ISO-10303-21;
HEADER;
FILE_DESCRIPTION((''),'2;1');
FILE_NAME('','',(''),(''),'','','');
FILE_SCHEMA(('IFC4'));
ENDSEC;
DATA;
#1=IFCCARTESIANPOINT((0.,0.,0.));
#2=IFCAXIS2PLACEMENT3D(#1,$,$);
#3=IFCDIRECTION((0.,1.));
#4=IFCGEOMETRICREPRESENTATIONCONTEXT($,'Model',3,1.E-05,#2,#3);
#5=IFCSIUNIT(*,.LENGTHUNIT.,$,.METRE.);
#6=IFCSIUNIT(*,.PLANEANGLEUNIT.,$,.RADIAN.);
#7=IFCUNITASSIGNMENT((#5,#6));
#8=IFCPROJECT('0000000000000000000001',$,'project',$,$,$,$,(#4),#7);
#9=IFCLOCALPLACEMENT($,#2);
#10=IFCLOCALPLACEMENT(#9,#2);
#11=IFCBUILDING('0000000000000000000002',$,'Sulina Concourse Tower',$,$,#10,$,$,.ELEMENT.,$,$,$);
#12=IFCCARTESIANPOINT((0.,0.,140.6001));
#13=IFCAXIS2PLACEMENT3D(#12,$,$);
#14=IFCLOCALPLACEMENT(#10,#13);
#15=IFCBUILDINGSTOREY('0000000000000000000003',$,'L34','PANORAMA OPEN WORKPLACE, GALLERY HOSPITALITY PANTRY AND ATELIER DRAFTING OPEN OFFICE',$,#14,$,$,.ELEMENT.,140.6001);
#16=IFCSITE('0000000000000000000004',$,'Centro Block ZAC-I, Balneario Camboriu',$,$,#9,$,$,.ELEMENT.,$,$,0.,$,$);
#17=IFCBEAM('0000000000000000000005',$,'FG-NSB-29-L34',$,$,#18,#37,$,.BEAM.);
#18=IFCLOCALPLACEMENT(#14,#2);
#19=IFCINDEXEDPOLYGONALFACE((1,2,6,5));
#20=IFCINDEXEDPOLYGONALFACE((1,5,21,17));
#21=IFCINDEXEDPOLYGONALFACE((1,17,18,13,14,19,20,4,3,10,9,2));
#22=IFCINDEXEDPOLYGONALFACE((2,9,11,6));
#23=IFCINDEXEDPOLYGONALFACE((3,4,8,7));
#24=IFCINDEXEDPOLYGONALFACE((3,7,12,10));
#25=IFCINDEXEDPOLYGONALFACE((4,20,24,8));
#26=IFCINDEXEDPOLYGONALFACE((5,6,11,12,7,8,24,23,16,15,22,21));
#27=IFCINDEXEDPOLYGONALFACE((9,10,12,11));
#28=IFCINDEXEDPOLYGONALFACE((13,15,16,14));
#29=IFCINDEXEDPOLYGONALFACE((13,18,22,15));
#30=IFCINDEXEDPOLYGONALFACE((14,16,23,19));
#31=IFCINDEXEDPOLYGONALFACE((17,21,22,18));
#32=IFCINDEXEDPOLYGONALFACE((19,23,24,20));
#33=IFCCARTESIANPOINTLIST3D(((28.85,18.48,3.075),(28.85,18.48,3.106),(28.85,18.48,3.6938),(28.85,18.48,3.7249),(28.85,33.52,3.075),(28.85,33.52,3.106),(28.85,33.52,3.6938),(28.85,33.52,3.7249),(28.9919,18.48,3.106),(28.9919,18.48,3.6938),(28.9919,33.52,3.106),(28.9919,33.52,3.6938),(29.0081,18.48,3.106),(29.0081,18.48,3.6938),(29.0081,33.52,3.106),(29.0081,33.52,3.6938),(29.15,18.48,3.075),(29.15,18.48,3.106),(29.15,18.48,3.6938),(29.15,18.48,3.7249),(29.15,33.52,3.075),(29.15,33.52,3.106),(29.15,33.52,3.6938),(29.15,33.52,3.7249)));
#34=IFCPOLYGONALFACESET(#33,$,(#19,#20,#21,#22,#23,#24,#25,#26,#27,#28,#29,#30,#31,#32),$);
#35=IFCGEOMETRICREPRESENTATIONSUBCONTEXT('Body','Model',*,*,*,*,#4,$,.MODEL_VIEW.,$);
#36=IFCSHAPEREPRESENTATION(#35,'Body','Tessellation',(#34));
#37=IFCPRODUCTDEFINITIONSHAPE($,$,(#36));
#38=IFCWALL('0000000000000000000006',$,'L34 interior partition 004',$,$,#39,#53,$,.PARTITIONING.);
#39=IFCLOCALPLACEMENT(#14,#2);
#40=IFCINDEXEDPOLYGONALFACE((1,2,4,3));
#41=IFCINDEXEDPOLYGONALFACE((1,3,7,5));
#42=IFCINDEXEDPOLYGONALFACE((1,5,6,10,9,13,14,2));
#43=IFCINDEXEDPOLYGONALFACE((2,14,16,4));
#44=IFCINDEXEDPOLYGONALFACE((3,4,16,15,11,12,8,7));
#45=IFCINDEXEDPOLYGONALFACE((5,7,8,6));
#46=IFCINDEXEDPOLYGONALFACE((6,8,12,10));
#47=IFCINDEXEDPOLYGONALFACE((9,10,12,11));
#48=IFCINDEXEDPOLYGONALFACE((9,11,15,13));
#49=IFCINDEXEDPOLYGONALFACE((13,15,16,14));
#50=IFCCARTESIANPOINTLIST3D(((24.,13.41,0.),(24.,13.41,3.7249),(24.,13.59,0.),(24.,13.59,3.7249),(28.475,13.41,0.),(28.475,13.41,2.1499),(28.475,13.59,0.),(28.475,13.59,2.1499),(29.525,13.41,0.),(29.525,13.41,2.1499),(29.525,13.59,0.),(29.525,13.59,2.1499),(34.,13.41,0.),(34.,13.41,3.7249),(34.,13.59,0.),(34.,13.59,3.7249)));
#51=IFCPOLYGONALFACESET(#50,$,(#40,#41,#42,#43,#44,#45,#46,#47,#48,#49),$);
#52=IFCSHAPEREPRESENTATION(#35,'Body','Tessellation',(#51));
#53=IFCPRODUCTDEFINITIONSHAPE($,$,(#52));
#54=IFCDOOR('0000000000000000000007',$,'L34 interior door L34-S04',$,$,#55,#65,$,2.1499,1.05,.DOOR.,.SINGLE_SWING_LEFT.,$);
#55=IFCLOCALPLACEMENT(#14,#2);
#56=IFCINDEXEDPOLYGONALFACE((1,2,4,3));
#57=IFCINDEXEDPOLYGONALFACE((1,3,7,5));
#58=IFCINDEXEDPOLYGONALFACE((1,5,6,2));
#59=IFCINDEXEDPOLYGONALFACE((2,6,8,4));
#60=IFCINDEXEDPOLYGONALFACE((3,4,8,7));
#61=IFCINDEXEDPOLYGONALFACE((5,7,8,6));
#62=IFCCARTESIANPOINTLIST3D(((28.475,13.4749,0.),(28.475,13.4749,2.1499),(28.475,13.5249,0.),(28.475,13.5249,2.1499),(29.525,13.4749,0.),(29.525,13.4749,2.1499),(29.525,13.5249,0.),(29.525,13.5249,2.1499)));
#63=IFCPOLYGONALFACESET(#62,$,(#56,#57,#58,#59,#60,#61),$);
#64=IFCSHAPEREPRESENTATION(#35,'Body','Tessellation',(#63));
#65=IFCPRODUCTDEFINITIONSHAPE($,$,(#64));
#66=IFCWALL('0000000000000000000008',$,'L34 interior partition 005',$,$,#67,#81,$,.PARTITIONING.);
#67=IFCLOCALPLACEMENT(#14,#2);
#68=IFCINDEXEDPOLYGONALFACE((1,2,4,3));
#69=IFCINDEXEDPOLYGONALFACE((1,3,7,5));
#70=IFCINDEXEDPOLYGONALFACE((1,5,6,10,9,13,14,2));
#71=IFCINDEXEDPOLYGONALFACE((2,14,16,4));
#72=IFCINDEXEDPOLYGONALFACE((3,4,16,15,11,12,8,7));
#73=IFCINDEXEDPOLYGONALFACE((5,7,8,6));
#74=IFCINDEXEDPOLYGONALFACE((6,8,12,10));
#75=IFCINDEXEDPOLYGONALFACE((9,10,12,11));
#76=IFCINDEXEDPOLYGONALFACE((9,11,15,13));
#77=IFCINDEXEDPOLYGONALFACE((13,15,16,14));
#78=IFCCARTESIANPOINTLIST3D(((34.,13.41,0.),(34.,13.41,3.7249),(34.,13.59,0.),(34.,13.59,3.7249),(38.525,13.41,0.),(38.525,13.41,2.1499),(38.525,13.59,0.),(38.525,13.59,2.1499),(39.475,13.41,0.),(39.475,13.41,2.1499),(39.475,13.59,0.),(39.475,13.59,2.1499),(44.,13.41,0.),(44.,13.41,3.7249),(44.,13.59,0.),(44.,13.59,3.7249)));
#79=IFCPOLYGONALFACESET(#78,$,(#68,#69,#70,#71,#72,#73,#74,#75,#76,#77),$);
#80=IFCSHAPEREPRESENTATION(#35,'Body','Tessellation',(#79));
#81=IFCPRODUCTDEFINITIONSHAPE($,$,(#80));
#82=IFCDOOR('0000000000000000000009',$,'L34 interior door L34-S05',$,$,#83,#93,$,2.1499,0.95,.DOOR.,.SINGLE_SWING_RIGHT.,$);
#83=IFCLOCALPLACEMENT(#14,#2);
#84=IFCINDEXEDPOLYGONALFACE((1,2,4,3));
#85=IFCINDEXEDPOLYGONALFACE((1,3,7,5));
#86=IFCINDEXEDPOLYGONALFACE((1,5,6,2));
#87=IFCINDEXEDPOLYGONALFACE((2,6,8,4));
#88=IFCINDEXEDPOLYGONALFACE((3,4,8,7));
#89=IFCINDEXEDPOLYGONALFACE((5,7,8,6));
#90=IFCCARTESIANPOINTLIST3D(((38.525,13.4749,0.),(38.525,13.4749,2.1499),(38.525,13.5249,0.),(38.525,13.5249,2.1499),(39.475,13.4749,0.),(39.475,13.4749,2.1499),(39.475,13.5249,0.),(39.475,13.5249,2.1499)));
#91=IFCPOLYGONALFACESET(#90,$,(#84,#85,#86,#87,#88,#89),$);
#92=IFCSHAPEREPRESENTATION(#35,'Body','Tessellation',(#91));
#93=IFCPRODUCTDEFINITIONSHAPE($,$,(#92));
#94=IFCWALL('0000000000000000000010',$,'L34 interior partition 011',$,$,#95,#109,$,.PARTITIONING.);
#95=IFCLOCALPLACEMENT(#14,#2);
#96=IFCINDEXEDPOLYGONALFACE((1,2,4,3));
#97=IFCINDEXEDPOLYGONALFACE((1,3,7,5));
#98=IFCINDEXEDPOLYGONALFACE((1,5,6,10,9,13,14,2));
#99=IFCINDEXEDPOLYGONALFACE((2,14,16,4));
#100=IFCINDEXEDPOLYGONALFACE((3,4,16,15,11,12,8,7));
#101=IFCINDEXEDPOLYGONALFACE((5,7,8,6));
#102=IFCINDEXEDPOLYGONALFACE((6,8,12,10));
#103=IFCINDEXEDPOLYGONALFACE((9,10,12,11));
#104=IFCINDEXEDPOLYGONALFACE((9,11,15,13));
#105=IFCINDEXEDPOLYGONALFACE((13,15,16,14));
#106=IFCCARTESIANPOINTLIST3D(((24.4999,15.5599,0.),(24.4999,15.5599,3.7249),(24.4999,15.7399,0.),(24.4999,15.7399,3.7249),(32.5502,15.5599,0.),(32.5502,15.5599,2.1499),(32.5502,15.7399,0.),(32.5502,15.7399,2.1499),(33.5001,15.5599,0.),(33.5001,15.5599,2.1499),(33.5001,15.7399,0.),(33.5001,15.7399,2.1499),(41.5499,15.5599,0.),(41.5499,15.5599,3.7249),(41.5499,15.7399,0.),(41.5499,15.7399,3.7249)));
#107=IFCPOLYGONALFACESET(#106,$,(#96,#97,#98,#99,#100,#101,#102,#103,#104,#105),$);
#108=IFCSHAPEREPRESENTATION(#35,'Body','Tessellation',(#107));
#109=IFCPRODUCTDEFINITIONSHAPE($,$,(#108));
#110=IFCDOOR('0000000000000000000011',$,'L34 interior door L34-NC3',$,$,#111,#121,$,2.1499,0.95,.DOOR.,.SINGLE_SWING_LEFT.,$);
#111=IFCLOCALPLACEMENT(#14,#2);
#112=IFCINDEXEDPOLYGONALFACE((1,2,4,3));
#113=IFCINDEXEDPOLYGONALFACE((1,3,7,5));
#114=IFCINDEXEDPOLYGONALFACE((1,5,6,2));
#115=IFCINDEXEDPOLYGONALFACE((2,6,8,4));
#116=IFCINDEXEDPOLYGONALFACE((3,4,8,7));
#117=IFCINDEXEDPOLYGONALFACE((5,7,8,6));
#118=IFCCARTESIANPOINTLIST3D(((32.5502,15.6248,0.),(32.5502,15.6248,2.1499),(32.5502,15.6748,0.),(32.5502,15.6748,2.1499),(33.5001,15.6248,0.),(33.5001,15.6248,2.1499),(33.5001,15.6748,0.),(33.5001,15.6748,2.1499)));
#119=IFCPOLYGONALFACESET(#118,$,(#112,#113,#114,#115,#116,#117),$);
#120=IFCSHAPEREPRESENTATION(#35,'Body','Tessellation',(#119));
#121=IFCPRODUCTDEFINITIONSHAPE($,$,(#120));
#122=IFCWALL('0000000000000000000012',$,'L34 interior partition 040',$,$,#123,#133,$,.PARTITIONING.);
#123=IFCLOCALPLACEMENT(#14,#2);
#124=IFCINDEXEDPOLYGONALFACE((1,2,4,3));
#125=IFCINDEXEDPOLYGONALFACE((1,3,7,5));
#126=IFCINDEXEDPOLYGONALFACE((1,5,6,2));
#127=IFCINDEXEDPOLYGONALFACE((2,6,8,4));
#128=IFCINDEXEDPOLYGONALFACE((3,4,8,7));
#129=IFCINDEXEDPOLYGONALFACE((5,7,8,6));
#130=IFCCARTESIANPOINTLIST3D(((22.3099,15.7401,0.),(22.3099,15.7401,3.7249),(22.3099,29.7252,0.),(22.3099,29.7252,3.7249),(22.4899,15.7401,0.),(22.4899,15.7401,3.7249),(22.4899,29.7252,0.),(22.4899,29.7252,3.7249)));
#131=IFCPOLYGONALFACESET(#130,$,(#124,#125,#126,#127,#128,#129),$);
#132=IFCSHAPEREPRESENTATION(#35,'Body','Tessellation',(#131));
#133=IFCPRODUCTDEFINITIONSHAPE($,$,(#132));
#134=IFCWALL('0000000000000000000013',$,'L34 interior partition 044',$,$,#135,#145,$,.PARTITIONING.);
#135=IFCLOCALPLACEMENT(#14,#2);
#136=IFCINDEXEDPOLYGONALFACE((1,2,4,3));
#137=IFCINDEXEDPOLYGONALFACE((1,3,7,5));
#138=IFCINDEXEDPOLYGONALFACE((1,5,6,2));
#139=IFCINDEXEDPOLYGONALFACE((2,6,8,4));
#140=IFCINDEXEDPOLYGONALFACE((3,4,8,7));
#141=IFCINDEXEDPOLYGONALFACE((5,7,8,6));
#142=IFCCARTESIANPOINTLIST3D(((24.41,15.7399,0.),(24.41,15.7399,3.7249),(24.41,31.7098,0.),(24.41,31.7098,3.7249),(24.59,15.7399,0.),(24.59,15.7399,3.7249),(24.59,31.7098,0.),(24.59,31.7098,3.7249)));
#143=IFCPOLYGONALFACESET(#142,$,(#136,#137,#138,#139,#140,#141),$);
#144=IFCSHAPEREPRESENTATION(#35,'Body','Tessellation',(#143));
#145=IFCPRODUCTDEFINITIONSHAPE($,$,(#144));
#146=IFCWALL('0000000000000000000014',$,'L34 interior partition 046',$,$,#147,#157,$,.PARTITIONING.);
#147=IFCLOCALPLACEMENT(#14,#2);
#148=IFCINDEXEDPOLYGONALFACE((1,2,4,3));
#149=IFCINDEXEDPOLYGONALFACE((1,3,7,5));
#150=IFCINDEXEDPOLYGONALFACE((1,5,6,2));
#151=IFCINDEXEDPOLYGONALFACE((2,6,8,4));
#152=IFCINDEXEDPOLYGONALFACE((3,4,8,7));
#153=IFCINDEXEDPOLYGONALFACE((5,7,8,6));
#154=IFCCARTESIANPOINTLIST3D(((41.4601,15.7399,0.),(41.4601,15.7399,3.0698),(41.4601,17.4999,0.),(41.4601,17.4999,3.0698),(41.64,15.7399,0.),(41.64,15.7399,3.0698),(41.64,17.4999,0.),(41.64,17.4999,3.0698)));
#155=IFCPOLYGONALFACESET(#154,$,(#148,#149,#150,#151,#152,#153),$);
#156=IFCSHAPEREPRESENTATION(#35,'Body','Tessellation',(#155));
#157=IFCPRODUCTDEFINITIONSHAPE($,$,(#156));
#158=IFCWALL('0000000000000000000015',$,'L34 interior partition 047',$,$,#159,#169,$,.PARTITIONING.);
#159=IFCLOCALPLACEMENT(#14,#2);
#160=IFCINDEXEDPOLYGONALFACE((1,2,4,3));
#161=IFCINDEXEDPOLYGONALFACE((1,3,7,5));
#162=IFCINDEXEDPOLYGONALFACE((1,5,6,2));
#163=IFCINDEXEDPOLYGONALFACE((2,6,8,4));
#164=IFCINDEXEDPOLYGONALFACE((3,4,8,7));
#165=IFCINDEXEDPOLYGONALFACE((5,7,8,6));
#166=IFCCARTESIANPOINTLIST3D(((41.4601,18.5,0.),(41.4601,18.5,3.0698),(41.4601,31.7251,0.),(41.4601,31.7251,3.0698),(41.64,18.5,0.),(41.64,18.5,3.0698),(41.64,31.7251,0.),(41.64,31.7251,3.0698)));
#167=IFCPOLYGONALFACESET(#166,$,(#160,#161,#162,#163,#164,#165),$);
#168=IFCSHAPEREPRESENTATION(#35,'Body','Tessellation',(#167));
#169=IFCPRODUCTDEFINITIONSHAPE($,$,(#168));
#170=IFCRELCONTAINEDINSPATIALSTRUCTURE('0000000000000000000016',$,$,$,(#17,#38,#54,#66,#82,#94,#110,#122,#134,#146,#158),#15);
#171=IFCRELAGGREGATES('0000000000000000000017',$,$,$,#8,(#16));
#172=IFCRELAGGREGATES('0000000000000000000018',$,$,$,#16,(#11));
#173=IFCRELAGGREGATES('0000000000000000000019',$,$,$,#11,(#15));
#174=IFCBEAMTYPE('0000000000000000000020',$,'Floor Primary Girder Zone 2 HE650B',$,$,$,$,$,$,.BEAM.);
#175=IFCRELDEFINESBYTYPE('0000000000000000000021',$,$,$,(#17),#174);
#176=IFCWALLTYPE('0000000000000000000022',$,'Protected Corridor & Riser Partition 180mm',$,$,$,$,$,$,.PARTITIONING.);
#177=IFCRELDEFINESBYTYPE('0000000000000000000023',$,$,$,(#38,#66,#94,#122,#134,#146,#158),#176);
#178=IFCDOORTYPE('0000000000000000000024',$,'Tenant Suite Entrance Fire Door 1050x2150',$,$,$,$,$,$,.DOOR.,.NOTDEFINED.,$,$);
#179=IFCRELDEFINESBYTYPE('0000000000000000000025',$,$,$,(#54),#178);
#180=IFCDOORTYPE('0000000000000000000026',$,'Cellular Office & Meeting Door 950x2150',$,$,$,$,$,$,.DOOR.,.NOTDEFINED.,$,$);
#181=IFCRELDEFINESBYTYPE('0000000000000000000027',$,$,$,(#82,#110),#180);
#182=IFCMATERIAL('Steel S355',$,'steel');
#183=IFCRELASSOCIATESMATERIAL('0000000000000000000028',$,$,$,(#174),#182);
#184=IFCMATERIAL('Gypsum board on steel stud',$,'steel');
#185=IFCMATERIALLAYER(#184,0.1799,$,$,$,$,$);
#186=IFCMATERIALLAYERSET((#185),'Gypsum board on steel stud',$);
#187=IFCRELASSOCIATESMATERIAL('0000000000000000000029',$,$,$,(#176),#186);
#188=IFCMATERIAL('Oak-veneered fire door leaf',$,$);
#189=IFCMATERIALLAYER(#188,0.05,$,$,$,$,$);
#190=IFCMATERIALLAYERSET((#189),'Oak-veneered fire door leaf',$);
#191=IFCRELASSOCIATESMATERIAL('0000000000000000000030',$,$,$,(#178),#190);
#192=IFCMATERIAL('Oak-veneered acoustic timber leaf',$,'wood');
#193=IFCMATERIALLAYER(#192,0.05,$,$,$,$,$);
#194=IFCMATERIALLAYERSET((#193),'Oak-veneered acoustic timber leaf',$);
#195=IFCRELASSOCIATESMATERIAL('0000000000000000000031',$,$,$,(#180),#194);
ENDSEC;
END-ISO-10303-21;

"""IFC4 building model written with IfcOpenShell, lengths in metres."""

from ifc_helpers import new_model, si_unit, direction, frame, frame_2d, origin, origin_2d, place, context, subcontext, project, spatial, rectangle, i_section, extrude, material, layer, layer_set, material_profile, profile_set, type_object, element, fill, save


model = new_model("IFC4")

# Units and contexts
model_context = context("Model", 3, precision=1e-05, world=origin(), true_north=direction((0.0, 1.0)))
body_context = subcontext(model_context, "Body", "Model", "MODEL_VIEW")
ifc_project = project(units=[si_unit("LENGTHUNIT", "METRE"), si_unit("PLANEANGLEUNIT", "RADIAN")], contexts=[model_context])

# Site, building, storey
site_placement = place(None, origin())
site = spatial("IfcSite", under=ifc_project, at=site_placement, Name="Centro Block ZAC-I, Balneario Camboriu", CompositionType="ELEMENT", RefElevation=0.0)
building_placement = place(site_placement, origin())
building = spatial("IfcBuilding", under=site, at=building_placement, Name="Sulina Concourse Tower", CompositionType="ELEMENT")
storey_placement = place(building_placement, frame((0.0, 0.0, 140.6001)))
storey = spatial("IfcBuildingStorey", under=building, at=storey_placement, Name="L34", Description="PANORAMA OPEN WORKPLACE, GALLERY HOSPITALITY PANTRY AND ATELIER DRAFTING OPEN OFFICE", CompositionType="ELEMENT", Elevation=140.6001)

# Beam
ifc_material_1 = material(Name="Steel S355", Category="steel")
ifc_material_profile_1 = material_profile(ifc_material_1, i_section(OverallWidth=0.3, OverallDepth=0.6499, WebThickness=0.0161, FlangeThickness=0.031, at=origin_2d()), Name="HE 650 B")
ifc_profile_set_1 = profile_set([ifc_material_profile_1], Name="Steel S355")
beam_type_1 = type_object("IfcBeamType", Name="Floor Primary Girder Zone 2 HE650B", PredefinedType="BEAM", material=ifc_profile_set_1)
beam_1_placement = place(storey_placement, frame((29.0, 18.48, 3.3999), z_axis=(0.0, 1.0, 0.0), x_axis=(-1.0, 0.0, 0.0)))
element("IfcBeam", 1, at=beam_1_placement, inside=storey, type_object=beam_type_1, Name="FG-NSB-29-L34", PredefinedType="BEAM", context=body_context, shape_type="SweptSolid", body=[
    extrude(i_section(OverallWidth=0.3, OverallDepth=0.6499, WebThickness=0.0161, FlangeThickness=0.031, at=origin_2d()), origin(), (0.0, 0.0, 1.0), 15.04),
])

# Walls, openings, doors
ifc_material_2 = material(Name="Gypsum board on steel stud", Category="steel")
ifc_layer_1 = layer(ifc_material_2, 0.1799)
ifc_layer_set_1 = layer_set([ifc_layer_1], Name="Gypsum board on steel stud")
wall_type = type_object("IfcWallType", Name="Protected Corridor & Riser Partition 180mm", PredefinedType="PARTITIONING", material=ifc_layer_set_1)
wall_1_placement = place(storey_placement, frame((24.0, 13.5, 0.0), z_axis=(0.0, 0.0, 1.0), x_axis=(1.0, 0.0, 0.0)))
wall_1 = element("IfcWall", 2, at=wall_1_placement, inside=storey, type_object=wall_type, Name="L34 interior partition 004", PredefinedType="PARTITIONING", context=body_context, shape_type="SweptSolid", body=[
    extrude(rectangle(XDim=10.0, YDim=0.1799, at=frame_2d((5.0, 0.0))), origin(), (0.0, 0.0, 1.0), 3.7249),
])
opening_1_placement = place(wall_1_placement, frame((4.4751, 0.0, 0.0)))
opening_1 = element("IfcOpeningElement", 3, at=opening_1_placement, cuts=wall_1, PredefinedType="OPENING", context=body_context, shape_type="SweptSolid", body=[
    extrude(rectangle(XDim=1.05, YDim=2.1499, at=frame_2d((0.5249, 1.075))), frame((0.0, 0.0999, 0.0), z_axis=(0.0, -1.0, 0.0), x_axis=(1.0, 0.0, 0.0)), (0.0, 0.0, 1.0), 0.2),
])
ifc_material_3 = material(Name="Oak-veneered fire door leaf")
ifc_layer_2 = layer(ifc_material_3, 0.05)
ifc_layer_set_2 = layer_set([ifc_layer_2], Name="Oak-veneered fire door leaf")
door_type_1 = type_object("IfcDoorType", Name="Tenant Suite Entrance Fire Door 1050x2150", OperationType="NOTDEFINED", PredefinedType="DOOR", material=ifc_layer_set_2)
door_1_placement = place(opening_1_placement, origin())
door_1 = element("IfcDoor", 4, at=door_1_placement, inside=storey, type_object=door_type_1, Name="L34 interior door L34-S04", OperationType="SINGLE_SWING_LEFT", OverallHeight=2.1499, OverallWidth=1.05, PredefinedType="DOOR", context=body_context, shape_type="SweptSolid", body=[
    extrude(rectangle(XDim=1.05, YDim=2.1499, at=frame_2d((0.5249, 1.075))), frame((0.0, 0.0249, 0.0), z_axis=(0.0, -1.0, 0.0), x_axis=(1.0, 0.0, 0.0)), (0.0, 0.0, 1.0), 0.05),
])
fill(opening_1, door_1)
wall_2_placement = place(storey_placement, frame((34.0, 13.5, 0.0), z_axis=(0.0, 0.0, 1.0), x_axis=(1.0, 0.0, 0.0)))
wall_2 = element("IfcWall", 5, at=wall_2_placement, inside=storey, type_object=wall_type, Name="L34 interior partition 005", PredefinedType="PARTITIONING", context=body_context, shape_type="SweptSolid", body=[
    extrude(rectangle(XDim=10.0, YDim=0.1799, at=frame_2d((5.0, 0.0))), origin(), (0.0, 0.0, 1.0), 3.7249),
])
opening_2_placement = place(wall_2_placement, frame((4.5249, 0.0, 0.0)))
opening_2 = element("IfcOpeningElement", 6, at=opening_2_placement, cuts=wall_2, PredefinedType="OPENING", context=body_context, shape_type="SweptSolid", body=[
    extrude(rectangle(XDim=0.95, YDim=2.1499, at=frame_2d((0.4751, 1.075))), frame((0.0, 0.0999, 0.0), z_axis=(0.0, -1.0, 0.0), x_axis=(1.0, 0.0, 0.0)), (0.0, 0.0, 1.0), 0.2),
])
ifc_material_4 = material(Name="Oak-veneered acoustic timber leaf", Category="wood")
ifc_layer_3 = layer(ifc_material_4, 0.05)
ifc_layer_set_3 = layer_set([ifc_layer_3], Name="Oak-veneered acoustic timber leaf")
door_type_2 = type_object("IfcDoorType", Name="Cellular Office & Meeting Door 950x2150", OperationType="NOTDEFINED", PredefinedType="DOOR", material=ifc_layer_set_3)
door_2_placement = place(opening_2_placement, origin())
door_2 = element("IfcDoor", 7, at=door_2_placement, inside=storey, type_object=door_type_2, Name="L34 interior door L34-S05", OperationType="SINGLE_SWING_RIGHT", OverallHeight=2.1499, OverallWidth=0.95, PredefinedType="DOOR", context=body_context, shape_type="SweptSolid", body=[
    extrude(rectangle(XDim=0.95, YDim=2.1499, at=frame_2d((0.4751, 1.075))), frame((0.0, 0.0249, 0.0), z_axis=(0.0, -1.0, 0.0), x_axis=(1.0, 0.0, 0.0)), (0.0, 0.0, 1.0), 0.05),
])
fill(opening_2, door_2)
wall_3_placement = place(storey_placement, frame((24.5, 15.6499, 0.0), z_axis=(0.0, 0.0, 1.0), x_axis=(1.0, 0.0, 0.0)))
wall_3 = element("IfcWall", 8, at=wall_3_placement, inside=storey, type_object=wall_type, Name="L34 interior partition 011", PredefinedType="PARTITIONING", context=body_context, shape_type="SweptSolid", body=[
    extrude(rectangle(XDim=17.05, YDim=0.1799, at=frame_2d((8.5249, 0.0))), origin(), (0.0, 0.0, 1.0), 3.7249),
])
opening_3_placement = place(wall_3_placement, frame((8.05, 0.0, 0.0)))
opening_3 = element("IfcOpeningElement", 9, at=opening_3_placement, cuts=wall_3, PredefinedType="OPENING", context=body_context, shape_type="SweptSolid", body=[
    extrude(rectangle(XDim=0.95, YDim=2.1499, at=frame_2d((0.4751, 1.075))), frame((0.0, 0.0999, 0.0), z_axis=(0.0, -1.0, 0.0), x_axis=(1.0, 0.0, 0.0)), (0.0, 0.0, 1.0), 0.2),
])
door_3_placement = place(opening_3_placement, origin())
door_3 = element("IfcDoor", 10, at=door_3_placement, inside=storey, type_object=door_type_2, Name="L34 interior door L34-NC3", OperationType="SINGLE_SWING_LEFT", OverallHeight=2.1499, OverallWidth=0.95, PredefinedType="DOOR", context=body_context, shape_type="SweptSolid", body=[
    extrude(rectangle(XDim=0.95, YDim=2.1499, at=frame_2d((0.4751, 1.075))), frame((0.0, 0.0249, 0.0), z_axis=(0.0, -1.0, 0.0), x_axis=(1.0, 0.0, 0.0)), (0.0, 0.0, 1.0), 0.05),
])
fill(opening_3, door_3)

# Wall
wall_4_placement = place(storey_placement, frame((22.3999, 15.74, 0.0), z_axis=(0.0, 0.0, 1.0), x_axis=(0.0, 1.0, 0.0)))
element("IfcWall", 11, at=wall_4_placement, inside=storey, type_object=wall_type, Name="L34 interior partition 040", PredefinedType="PARTITIONING", context=body_context, shape_type="SweptSolid", body=[
    extrude(rectangle(XDim=13.9851, YDim=0.1799, at=frame_2d((6.9927, 0.0))), origin(), (0.0, 0.0, 1.0), 3.7249),
])

# Walls
wall_5_placement = place(storey_placement, frame((24.5, 15.74, 0.0), z_axis=(0.0, 0.0, 1.0), x_axis=(0.0, 1.0, 0.0)))
element("IfcWall", 12, at=wall_5_placement, inside=storey, type_object=wall_type, Name="L34 interior partition 044", PredefinedType="PARTITIONING", context=body_context, shape_type="SweptSolid", body=[
    extrude(rectangle(XDim=15.97, YDim=0.1799, at=frame_2d((7.9849, 0.0))), origin(), (0.0, 0.0, 1.0), 3.7249),
])
wall_6_placement = place(storey_placement, frame((41.55, 15.74, 0.0), z_axis=(0.0, 0.0, 1.0), x_axis=(0.0, 1.0, 0.0)))
element("IfcWall", 13, at=wall_6_placement, inside=storey, type_object=wall_type, Name="L34 interior partition 046", PredefinedType="PARTITIONING", context=body_context, shape_type="SweptSolid", body=[
    extrude(rectangle(XDim=1.76, YDim=0.1799, at=frame_2d((0.8799, 0.0))), origin(), (0.0, 0.0, 1.0), 3.0698),
])
wall_7_placement = place(storey_placement, frame((41.55, 18.5, 0.0), z_axis=(0.0, 0.0, 1.0), x_axis=(0.0, 1.0, 0.0)))
element("IfcWall", 14, at=wall_7_placement, inside=storey, type_object=wall_type, Name="L34 interior partition 047", PredefinedType="PARTITIONING", context=body_context, shape_type="SweptSolid", body=[
    extrude(rectangle(XDim=13.2251, YDim=0.1799, at=frame_2d((6.6125, 0.0))), origin(), (0.0, 0.0, 1.0), 3.0698),
])

save(model, "model.ifc")
